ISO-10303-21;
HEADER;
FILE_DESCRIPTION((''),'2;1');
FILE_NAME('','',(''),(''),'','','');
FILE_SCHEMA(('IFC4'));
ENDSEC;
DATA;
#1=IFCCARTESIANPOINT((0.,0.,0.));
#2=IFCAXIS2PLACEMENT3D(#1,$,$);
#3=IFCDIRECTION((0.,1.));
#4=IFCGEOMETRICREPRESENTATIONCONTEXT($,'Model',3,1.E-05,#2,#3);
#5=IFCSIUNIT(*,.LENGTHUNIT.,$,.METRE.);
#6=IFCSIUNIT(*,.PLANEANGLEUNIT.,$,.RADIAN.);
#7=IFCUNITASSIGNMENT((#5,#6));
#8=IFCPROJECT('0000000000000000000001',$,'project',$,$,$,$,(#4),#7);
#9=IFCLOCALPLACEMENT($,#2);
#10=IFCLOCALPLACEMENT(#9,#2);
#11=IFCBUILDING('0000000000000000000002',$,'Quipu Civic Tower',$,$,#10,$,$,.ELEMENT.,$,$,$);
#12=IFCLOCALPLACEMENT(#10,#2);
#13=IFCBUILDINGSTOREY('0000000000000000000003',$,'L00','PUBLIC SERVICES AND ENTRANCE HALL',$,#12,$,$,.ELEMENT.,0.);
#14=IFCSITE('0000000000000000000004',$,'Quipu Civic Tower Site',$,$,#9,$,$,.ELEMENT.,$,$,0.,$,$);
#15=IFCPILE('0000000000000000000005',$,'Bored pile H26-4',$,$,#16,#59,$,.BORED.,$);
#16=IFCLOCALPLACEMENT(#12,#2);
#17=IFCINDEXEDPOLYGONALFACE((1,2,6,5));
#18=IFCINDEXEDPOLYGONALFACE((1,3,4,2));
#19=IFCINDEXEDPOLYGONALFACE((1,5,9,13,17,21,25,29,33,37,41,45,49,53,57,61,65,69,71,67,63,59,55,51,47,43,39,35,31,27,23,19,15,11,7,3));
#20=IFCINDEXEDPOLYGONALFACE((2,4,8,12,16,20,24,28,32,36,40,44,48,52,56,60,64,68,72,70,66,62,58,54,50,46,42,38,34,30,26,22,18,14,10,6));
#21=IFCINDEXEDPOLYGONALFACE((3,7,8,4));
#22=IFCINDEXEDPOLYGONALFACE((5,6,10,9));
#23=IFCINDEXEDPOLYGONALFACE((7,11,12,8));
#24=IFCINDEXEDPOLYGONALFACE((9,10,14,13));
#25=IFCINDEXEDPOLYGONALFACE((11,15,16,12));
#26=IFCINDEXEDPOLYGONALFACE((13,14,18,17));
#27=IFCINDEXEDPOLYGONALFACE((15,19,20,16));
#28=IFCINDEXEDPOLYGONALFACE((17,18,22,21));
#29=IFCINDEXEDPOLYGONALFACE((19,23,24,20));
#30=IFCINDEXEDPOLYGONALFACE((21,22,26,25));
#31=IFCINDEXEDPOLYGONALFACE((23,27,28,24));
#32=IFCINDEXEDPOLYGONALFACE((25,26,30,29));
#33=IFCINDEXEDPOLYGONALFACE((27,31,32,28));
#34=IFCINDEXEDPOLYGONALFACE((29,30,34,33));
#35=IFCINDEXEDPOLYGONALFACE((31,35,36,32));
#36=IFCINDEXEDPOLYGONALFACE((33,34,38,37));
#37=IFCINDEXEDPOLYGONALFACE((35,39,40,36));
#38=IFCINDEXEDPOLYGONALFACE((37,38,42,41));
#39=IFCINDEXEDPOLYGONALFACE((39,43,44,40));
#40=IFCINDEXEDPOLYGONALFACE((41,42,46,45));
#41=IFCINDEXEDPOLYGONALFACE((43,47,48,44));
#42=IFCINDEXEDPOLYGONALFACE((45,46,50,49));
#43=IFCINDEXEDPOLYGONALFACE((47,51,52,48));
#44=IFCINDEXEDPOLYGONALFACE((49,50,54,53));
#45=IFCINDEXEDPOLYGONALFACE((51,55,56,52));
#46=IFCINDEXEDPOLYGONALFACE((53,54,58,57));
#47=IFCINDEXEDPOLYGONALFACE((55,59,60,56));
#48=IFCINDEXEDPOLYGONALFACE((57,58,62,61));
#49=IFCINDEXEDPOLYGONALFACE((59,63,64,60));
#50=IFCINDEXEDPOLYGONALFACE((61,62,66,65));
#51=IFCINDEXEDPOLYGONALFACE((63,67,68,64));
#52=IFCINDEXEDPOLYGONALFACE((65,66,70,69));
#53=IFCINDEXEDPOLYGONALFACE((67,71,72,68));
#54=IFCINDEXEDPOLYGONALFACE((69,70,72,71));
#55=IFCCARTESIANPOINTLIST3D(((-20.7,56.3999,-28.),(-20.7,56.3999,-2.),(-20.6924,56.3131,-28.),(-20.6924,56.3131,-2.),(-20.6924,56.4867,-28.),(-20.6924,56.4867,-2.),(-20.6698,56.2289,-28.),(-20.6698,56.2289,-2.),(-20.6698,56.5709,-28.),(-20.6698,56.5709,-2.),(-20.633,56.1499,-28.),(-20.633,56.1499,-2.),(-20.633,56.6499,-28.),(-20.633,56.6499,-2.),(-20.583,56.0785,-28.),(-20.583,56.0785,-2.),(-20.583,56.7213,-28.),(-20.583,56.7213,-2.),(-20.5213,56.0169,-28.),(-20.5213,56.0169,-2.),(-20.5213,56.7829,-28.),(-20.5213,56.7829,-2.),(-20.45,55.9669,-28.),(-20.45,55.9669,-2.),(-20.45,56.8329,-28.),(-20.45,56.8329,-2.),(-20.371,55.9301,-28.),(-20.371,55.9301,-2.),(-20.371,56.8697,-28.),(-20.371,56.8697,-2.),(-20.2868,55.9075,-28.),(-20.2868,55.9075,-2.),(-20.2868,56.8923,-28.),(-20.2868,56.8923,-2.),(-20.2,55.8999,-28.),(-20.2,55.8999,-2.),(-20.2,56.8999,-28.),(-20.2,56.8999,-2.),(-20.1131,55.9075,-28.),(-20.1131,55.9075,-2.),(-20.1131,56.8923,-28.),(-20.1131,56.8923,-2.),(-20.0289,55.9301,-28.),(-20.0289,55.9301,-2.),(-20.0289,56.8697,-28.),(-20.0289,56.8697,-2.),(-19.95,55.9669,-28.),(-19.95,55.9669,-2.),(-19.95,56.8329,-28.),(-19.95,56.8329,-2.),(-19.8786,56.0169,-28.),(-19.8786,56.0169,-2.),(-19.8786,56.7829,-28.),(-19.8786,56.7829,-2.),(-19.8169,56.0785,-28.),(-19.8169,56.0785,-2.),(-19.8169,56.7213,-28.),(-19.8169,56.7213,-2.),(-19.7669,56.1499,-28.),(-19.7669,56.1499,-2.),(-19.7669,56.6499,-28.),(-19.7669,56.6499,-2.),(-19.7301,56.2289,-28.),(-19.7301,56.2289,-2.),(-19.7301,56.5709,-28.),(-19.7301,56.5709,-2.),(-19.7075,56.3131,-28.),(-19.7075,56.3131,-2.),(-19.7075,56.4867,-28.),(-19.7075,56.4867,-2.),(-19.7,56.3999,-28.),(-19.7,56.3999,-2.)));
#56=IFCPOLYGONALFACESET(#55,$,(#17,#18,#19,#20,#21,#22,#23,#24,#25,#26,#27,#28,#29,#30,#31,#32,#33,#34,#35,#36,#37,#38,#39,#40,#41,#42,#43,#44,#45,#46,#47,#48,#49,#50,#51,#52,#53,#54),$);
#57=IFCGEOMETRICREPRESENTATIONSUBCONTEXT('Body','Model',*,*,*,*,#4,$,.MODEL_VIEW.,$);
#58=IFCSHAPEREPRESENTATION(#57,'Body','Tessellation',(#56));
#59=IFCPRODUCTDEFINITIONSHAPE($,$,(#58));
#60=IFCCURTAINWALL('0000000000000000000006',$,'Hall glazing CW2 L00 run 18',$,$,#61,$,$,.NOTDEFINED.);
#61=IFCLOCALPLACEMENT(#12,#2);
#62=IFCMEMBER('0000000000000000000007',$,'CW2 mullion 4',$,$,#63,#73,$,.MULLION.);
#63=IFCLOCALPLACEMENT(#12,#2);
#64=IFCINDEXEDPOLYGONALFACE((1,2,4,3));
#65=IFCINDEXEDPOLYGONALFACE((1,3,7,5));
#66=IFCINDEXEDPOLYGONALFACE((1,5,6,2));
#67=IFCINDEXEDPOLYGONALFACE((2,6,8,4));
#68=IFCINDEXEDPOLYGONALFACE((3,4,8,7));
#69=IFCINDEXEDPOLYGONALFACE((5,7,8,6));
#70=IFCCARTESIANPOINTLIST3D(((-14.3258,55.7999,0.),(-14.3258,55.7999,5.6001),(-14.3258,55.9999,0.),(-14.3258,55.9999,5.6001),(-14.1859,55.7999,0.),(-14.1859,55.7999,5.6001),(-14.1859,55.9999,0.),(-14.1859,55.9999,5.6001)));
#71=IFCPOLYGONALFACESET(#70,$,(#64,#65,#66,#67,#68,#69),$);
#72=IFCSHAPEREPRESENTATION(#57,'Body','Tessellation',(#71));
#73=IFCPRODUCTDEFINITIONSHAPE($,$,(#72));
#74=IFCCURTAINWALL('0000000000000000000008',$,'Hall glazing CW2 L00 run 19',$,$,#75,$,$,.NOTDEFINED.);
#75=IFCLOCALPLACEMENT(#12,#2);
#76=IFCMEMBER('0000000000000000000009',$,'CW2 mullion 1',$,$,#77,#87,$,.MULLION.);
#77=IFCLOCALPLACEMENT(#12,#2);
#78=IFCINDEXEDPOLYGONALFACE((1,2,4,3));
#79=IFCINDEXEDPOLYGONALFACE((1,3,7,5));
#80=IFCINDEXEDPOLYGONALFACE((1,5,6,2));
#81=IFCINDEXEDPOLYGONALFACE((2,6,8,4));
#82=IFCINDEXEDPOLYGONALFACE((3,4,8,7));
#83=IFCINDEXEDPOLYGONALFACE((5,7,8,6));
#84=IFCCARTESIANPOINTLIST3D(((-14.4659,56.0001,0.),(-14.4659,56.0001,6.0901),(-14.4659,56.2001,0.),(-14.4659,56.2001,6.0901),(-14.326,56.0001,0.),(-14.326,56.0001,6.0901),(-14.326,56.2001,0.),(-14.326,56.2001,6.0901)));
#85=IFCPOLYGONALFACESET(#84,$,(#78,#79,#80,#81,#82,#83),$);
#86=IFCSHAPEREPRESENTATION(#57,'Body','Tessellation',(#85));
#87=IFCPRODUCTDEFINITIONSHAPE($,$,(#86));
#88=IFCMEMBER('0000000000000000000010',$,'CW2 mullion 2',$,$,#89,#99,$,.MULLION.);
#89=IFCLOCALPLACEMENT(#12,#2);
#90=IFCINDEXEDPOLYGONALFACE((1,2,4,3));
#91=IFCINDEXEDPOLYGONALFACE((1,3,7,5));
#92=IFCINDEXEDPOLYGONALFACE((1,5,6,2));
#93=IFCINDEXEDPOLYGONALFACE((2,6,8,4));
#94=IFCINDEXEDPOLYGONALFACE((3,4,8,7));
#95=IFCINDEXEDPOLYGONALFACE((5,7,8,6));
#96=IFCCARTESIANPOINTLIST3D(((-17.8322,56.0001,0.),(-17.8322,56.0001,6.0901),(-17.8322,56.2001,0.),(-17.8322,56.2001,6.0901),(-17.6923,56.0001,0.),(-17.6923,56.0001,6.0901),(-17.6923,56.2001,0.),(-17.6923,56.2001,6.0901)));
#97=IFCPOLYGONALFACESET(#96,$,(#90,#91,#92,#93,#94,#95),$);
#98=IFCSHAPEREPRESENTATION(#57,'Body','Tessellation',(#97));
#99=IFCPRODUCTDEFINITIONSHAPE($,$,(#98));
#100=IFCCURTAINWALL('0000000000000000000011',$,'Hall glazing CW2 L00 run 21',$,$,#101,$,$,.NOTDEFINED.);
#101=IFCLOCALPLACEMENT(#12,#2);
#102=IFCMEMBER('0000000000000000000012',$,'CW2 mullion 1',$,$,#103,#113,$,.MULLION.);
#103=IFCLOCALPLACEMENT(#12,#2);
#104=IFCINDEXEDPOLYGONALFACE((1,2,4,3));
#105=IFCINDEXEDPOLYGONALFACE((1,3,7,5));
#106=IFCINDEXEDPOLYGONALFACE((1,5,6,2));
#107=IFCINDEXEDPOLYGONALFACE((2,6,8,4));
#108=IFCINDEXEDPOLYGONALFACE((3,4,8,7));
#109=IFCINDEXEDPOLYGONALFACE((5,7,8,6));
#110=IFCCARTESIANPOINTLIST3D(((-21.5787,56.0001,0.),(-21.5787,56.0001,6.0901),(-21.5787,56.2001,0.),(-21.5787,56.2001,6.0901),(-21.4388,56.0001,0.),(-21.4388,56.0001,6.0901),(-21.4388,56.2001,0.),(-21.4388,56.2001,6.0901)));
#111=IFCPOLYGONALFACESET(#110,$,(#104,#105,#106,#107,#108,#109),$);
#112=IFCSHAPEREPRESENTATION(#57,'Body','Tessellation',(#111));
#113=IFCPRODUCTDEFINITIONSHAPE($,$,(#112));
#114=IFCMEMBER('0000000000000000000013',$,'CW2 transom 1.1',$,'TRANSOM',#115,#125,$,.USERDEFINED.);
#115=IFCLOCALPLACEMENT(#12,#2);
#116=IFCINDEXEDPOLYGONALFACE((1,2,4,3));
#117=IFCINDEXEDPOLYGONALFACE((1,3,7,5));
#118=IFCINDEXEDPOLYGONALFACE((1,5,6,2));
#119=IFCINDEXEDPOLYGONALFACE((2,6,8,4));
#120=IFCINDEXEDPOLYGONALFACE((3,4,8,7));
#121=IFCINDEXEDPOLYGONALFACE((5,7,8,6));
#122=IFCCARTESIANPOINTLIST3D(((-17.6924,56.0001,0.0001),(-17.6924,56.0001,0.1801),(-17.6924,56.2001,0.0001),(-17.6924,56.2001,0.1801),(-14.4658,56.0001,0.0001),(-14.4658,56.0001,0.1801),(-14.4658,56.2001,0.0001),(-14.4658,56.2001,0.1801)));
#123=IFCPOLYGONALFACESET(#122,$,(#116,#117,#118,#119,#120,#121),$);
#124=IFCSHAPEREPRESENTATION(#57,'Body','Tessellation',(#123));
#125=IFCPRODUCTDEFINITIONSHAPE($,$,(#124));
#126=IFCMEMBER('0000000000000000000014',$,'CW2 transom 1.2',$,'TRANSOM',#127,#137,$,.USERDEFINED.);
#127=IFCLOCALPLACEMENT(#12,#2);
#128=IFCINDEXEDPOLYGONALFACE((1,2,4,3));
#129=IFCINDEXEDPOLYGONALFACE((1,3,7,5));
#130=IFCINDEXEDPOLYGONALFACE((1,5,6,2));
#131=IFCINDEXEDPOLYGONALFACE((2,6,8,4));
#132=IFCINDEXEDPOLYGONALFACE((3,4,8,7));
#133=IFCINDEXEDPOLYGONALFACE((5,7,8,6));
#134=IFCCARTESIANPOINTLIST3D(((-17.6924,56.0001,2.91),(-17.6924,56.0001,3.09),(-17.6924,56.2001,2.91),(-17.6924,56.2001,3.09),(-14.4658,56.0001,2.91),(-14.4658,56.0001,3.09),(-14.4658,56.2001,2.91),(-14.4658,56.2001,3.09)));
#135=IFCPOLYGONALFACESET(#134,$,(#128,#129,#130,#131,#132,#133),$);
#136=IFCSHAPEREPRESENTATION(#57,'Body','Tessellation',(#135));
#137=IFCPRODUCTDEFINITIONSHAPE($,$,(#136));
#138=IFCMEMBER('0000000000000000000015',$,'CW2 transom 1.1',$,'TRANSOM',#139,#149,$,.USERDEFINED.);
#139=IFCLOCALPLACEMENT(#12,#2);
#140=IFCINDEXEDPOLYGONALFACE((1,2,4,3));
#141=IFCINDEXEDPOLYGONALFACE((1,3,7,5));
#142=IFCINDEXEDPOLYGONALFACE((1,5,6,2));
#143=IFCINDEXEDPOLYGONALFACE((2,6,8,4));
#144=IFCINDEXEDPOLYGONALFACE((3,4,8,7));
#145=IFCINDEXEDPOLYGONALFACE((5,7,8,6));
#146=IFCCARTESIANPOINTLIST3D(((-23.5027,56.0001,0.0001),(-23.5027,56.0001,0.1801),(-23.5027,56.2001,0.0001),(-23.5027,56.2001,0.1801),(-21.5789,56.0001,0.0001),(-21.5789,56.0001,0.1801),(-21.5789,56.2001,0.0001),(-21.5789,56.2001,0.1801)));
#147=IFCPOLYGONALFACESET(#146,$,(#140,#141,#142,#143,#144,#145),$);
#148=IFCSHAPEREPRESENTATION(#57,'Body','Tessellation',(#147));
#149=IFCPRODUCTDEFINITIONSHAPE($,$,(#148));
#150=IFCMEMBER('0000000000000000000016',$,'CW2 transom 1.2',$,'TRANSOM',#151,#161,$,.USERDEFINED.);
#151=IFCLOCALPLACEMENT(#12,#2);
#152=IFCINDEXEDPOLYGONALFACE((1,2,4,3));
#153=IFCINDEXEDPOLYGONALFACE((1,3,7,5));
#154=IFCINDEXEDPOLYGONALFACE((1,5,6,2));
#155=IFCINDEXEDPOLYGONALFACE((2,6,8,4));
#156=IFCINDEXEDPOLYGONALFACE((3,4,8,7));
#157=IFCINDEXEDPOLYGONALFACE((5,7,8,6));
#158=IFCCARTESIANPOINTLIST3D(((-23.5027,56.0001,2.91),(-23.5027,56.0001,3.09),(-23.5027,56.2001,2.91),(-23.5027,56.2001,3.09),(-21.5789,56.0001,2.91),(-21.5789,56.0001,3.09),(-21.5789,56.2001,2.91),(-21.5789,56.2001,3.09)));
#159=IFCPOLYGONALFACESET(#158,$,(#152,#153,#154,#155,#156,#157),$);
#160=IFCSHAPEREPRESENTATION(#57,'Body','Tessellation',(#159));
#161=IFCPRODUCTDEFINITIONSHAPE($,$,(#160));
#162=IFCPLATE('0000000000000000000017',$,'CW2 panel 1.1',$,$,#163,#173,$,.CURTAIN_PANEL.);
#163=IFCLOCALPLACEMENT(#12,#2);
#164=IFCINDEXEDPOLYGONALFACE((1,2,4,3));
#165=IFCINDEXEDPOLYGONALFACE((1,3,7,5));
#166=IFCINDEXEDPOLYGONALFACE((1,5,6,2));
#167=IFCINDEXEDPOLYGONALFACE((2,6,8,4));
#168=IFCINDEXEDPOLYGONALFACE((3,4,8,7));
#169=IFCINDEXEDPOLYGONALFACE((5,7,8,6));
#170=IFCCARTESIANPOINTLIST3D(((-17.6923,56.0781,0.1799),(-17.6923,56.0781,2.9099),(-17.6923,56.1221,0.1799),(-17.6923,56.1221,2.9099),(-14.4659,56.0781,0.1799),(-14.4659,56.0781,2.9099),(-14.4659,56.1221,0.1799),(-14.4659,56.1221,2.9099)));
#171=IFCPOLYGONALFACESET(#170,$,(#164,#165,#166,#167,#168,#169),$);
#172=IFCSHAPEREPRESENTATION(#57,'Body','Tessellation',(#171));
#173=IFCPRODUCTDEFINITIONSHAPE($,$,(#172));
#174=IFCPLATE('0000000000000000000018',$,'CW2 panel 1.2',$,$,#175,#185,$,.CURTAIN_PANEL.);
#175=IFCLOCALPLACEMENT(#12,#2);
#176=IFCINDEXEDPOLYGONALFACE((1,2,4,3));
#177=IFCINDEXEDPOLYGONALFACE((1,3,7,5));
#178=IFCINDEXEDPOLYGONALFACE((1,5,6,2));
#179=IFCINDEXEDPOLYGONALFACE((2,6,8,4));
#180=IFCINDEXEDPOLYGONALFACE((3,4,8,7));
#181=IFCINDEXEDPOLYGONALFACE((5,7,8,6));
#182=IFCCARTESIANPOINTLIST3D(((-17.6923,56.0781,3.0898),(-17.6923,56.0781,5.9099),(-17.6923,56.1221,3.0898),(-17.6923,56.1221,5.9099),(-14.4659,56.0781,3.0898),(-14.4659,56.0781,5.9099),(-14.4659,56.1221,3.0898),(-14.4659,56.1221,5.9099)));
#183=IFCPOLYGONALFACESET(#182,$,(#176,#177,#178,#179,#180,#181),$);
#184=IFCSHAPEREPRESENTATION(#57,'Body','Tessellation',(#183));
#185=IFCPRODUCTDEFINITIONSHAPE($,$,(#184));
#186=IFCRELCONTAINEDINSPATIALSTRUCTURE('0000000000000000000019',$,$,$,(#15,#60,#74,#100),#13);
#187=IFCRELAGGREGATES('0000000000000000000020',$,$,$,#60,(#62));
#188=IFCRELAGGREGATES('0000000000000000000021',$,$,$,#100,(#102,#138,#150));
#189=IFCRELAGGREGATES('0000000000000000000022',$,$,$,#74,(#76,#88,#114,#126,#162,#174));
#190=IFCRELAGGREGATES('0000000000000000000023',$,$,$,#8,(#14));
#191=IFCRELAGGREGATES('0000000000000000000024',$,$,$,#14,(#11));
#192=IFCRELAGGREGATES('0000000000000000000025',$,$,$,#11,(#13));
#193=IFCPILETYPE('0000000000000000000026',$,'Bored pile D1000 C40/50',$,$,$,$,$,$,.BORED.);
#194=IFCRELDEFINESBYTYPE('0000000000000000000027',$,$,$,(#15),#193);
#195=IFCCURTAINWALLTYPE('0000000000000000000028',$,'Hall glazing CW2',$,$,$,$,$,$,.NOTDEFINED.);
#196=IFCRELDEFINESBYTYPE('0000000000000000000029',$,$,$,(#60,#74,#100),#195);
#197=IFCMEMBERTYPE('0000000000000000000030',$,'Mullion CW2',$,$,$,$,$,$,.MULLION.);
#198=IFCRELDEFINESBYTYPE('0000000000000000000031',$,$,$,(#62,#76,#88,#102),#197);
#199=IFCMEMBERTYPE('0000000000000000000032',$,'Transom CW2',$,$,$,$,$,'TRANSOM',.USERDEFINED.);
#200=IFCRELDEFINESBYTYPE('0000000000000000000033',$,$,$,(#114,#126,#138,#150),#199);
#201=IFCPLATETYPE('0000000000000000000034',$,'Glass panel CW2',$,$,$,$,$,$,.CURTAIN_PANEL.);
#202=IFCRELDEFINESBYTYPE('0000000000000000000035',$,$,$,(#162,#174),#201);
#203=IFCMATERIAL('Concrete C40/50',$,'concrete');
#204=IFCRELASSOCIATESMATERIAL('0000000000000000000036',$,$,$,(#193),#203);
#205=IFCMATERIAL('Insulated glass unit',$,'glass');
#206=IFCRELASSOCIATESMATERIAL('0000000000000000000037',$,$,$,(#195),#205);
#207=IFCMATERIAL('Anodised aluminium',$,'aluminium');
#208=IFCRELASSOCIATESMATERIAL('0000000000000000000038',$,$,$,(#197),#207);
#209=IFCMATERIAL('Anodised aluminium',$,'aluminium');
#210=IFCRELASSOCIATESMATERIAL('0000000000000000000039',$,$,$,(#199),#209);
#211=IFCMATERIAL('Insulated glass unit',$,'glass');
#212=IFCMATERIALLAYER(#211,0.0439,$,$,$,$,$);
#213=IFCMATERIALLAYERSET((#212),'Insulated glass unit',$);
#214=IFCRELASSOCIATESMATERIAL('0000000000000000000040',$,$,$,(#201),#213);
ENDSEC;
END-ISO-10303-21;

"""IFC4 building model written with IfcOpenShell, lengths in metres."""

from ifc_helpers import new_model, si_unit, direction, frame, origin, origin_2d, place, context, subcontext, project, spatial, rectangle, circle, extrude, material, layer, layer_set, material_profile, profile_set, type_object, element, aggregate, save


model = new_model("IFC4")

# Units and contexts
model_context = context("Model", 3, precision=1e-05, world=origin(), true_north=direction((0.0, 1.0)))
body_context = subcontext(model_context, "Body", "Model", "MODEL_VIEW")
ifc_project = project(units=[si_unit("LENGTHUNIT", "METRE"), si_unit("PLANEANGLEUNIT", "RADIAN")], contexts=[model_context])

# Site, building, storey
site_placement = place(None, origin())
site = spatial("IfcSite", under=ifc_project, at=site_placement, Name="Quipu Civic Tower Site", CompositionType="ELEMENT", RefElevation=0.0)
building_placement = place(site_placement, origin())
building = spatial("IfcBuilding", under=site, at=building_placement, Name="Quipu Civic Tower", CompositionType="ELEMENT")
storey_placement = place(building_placement, origin())
storey = spatial("IfcBuildingStorey", under=building, at=storey_placement, Name="L00", Description="PUBLIC SERVICES AND ENTRANCE HALL", CompositionType="ELEMENT", Elevation=0.0)

# Pile
ifc_material_1 = material(Name="Concrete C40/50", Category="concrete")
ifc_material_profile_1 = material_profile(ifc_material_1, circle(Radius=0.5, at=origin_2d()), Name="RCD1000")
ifc_profile_set_1 = profile_set([ifc_material_profile_1], Name="Concrete C40/50")
pile_type = type_object("IfcPileType", Name="Bored pile D1000 C40/50", PredefinedType="BORED", material=ifc_profile_set_1)
pile_placement = place(storey_placement, frame((-20.2, 56.3999, -2.0), z_axis=(0.0, 0.0, -1.0), x_axis=(1.0, 0.0, 0.0)))
element("IfcPile", 1, at=pile_placement, inside=storey, type_object=pile_type, Name="Bored pile H26-4", PredefinedType="BORED", context=body_context, shape_type="SweptSolid", body=[
    extrude(circle(Radius=0.5, at=origin_2d()), origin(), (0.0, 0.0, 1.0), 26.0),
])

# Curtain wall, member
ifc_material_2 = material(Name="Insulated glass unit", Category="glass")
curtain_wall_type = type_object("IfcCurtainWallType", Name="Hall glazing CW2", PredefinedType="NOTDEFINED", material=ifc_material_2)
curtain_wall_1_placement = place(storey_placement, origin())
curtain_wall_1 = element("IfcCurtainWall", 2, at=curtain_wall_1_placement, inside=storey, type_object=curtain_wall_type, Name="Hall glazing CW2 L00 run 18", PredefinedType="NOTDEFINED")
ifc_material_3 = material(Name="Anodised aluminium", Category="aluminium")
ifc_material_profile_2 = material_profile(ifc_material_3, rectangle(XDim=0.2, YDim=0.1399, at=origin_2d()), Name="RECT 200x140")
ifc_profile_set_2 = profile_set([ifc_material_profile_2], Name="Anodised aluminium")
member_type_1 = type_object("IfcMemberType", Name="Mullion CW2", PredefinedType="MULLION", material=ifc_profile_set_2)
member_1_placement = place(storey_placement, frame((-14.2559, 55.8999, 0.0), z_axis=(0.0, 0.0, 1.0), x_axis=(0.0, -1.0, 0.0)))
member_1 = element("IfcMember", 3, at=member_1_placement, type_object=member_type_1, Name="CW2 mullion 4", PredefinedType="MULLION", context=body_context, shape_type="SweptSolid", body=[
    extrude(rectangle(XDim=0.2, YDim=0.1399, at=origin_2d()), origin(), (0.0, 0.0, 1.0), 5.6001),
])
aggregate(curtain_wall_1, [member_1])

# Curtain wall, members
curtain_wall_2_placement = place(storey_placement, origin())
curtain_wall_2 = element("IfcCurtainWall", 4, at=curtain_wall_2_placement, inside=storey, type_object=curtain_wall_type, Name="Hall glazing CW2 L00 run 19", PredefinedType="NOTDEFINED")
member_2_placement = place(storey_placement, frame((-14.396, 56.1001, 0.0), z_axis=(0.0, 0.0, 1.0), x_axis=(0.0, -1.0, 0.0)))
member_2 = element("IfcMember", 5, at=member_2_placement, type_object=member_type_1, Name="CW2 mullion 1", PredefinedType="MULLION", context=body_context, shape_type="SweptSolid", body=[
    extrude(rectangle(XDim=0.2, YDim=0.1399, at=origin_2d()), origin(), (0.0, 0.0, 1.0), 6.0901),
])
member_3_placement = place(storey_placement, frame((-17.7622, 56.1001, 0.0), z_axis=(0.0, 0.0, 1.0), x_axis=(0.0, -1.0, 0.0)))
member_3 = element("IfcMember", 6, at=member_3_placement, type_object=member_type_1, Name="CW2 mullion 2", PredefinedType="MULLION", context=body_context, shape_type="SweptSolid", body=[
    extrude(rectangle(XDim=0.2, YDim=0.1399, at=origin_2d()), origin(), (0.0, 0.0, 1.0), 6.0901),
])

# Curtain wall, member
curtain_wall_3_placement = place(storey_placement, origin())
curtain_wall_3 = element("IfcCurtainWall", 7, at=curtain_wall_3_placement, inside=storey, type_object=curtain_wall_type, Name="Hall glazing CW2 L00 run 21", PredefinedType="NOTDEFINED")
member_4_placement = place(storey_placement, frame((-21.5088, 56.1001, 0.0), z_axis=(0.0, 0.0, 1.0), x_axis=(0.0, -1.0, 0.0)))
member_4 = element("IfcMember", 8, at=member_4_placement, type_object=member_type_1, Name="CW2 mullion 1", PredefinedType="MULLION", context=body_context, shape_type="SweptSolid", body=[
    extrude(rectangle(XDim=0.2, YDim=0.1399, at=origin_2d()), origin(), (0.0, 0.0, 1.0), 6.0901),
])

# Members
ifc_material_4 = material(Name="Anodised aluminium", Category="aluminium")
ifc_material_profile_3 = material_profile(ifc_material_4, rectangle(XDim=0.2, YDim=0.1799, at=origin_2d()), Name="RECT 200x180")
ifc_profile_set_3 = profile_set([ifc_material_profile_3], Name="Anodised aluminium")
member_type_2 = type_object("IfcMemberType", Name="Transom CW2", ElementType="TRANSOM", PredefinedType="USERDEFINED", material=ifc_profile_set_3)
member_5_placement = place(storey_placement, frame((-14.4658, 56.1001, 0.0901), z_axis=(-1.0, 0.0, 0.0), x_axis=(0.0, -1.0, 0.0)))
member_5 = element("IfcMember", 9, at=member_5_placement, type_object=member_type_2, Name="CW2 transom 1.1", ObjectType="TRANSOM", PredefinedType="USERDEFINED", context=body_context, shape_type="SweptSolid", body=[
    extrude(rectangle(XDim=0.2, YDim=0.1799, at=origin_2d()), origin(), (0.0, 0.0, 1.0), 3.2266),
])
member_6_placement = place(storey_placement, frame((-14.4658, 56.1001, 3.0), z_axis=(-1.0, 0.0, 0.0), x_axis=(0.0, -1.0, 0.0)))
member_6 = element("IfcMember", 10, at=member_6_placement, type_object=member_type_2, Name="CW2 transom 1.2", ObjectType="TRANSOM", PredefinedType="USERDEFINED", context=body_context, shape_type="SweptSolid", body=[
    extrude(rectangle(XDim=0.2, YDim=0.1799, at=origin_2d()), origin(), (0.0, 0.0, 1.0), 3.2266),
])
member_7_placement = place(storey_placement, frame((-21.5789, 56.1001, 0.0901), z_axis=(-1.0, 0.0, 0.0), x_axis=(0.0, -1.0, 0.0)))
member_7 = element("IfcMember", 11, at=member_7_placement, type_object=member_type_2, Name="CW2 transom 1.1", ObjectType="TRANSOM", PredefinedType="USERDEFINED", context=body_context, shape_type="SweptSolid", body=[
    extrude(rectangle(XDim=0.2, YDim=0.1799, at=origin_2d()), origin(), (0.0, 0.0, 1.0), 1.9238),
])
member_8_placement = place(storey_placement, frame((-21.5789, 56.1001, 3.0), z_axis=(-1.0, 0.0, 0.0), x_axis=(0.0, -1.0, 0.0)))
member_8 = element("IfcMember", 12, at=member_8_placement, type_object=member_type_2, Name="CW2 transom 1.2", ObjectType="TRANSOM", PredefinedType="USERDEFINED", context=body_context, shape_type="SweptSolid", body=[
    extrude(rectangle(XDim=0.2, YDim=0.1799, at=origin_2d()), origin(), (0.0, 0.0, 1.0), 1.9238),
])
aggregate(curtain_wall_3, [member_4, member_7, member_8])

# Plates
ifc_material_5 = material(Name="Insulated glass unit", Category="glass")
ifc_layer_1 = layer(ifc_material_5, 0.0439)
ifc_layer_set_1 = layer_set([ifc_layer_1], Name="Insulated glass unit")
plate_type_1 = type_object("IfcPlateType", Name="Glass panel CW2", PredefinedType="CURTAIN_PANEL", material=ifc_layer_set_1)
plate_1_placement = place(storey_placement, frame((-16.0791, 56.1001, 0.1799), z_axis=(0.0, 0.0, 1.0), x_axis=(-1.0, 0.0, 0.0)))
plate_1 = element("IfcPlate", 13, at=plate_1_placement, type_object=plate_type_1, Name="CW2 panel 1.1", PredefinedType="CURTAIN_PANEL", context=body_context, shape_type="SweptSolid", body=[
    extrude(rectangle(XDim=3.2263, YDim=0.0439, at=origin_2d()), origin(), (0.0, 0.0, 1.0), 2.73),
])
plate_2_placement = place(storey_placement, frame((-16.0791, 56.1001, 3.0898), z_axis=(0.0, 0.0, 1.0), x_axis=(-1.0, 0.0, 0.0)))
plate_2 = element("IfcPlate", 14, at=plate_2_placement, type_object=plate_type_1, Name="CW2 panel 1.2", PredefinedType="CURTAIN_PANEL", context=body_context, shape_type="SweptSolid", body=[
    extrude(rectangle(XDim=3.2263, YDim=0.0439, at=origin_2d()), origin(), (0.0, 0.0, 1.0), 2.8201),
])
aggregate(curtain_wall_2, [member_2, member_3, member_5, member_6, plate_1, plate_2])

save(model, "model.ifc")
